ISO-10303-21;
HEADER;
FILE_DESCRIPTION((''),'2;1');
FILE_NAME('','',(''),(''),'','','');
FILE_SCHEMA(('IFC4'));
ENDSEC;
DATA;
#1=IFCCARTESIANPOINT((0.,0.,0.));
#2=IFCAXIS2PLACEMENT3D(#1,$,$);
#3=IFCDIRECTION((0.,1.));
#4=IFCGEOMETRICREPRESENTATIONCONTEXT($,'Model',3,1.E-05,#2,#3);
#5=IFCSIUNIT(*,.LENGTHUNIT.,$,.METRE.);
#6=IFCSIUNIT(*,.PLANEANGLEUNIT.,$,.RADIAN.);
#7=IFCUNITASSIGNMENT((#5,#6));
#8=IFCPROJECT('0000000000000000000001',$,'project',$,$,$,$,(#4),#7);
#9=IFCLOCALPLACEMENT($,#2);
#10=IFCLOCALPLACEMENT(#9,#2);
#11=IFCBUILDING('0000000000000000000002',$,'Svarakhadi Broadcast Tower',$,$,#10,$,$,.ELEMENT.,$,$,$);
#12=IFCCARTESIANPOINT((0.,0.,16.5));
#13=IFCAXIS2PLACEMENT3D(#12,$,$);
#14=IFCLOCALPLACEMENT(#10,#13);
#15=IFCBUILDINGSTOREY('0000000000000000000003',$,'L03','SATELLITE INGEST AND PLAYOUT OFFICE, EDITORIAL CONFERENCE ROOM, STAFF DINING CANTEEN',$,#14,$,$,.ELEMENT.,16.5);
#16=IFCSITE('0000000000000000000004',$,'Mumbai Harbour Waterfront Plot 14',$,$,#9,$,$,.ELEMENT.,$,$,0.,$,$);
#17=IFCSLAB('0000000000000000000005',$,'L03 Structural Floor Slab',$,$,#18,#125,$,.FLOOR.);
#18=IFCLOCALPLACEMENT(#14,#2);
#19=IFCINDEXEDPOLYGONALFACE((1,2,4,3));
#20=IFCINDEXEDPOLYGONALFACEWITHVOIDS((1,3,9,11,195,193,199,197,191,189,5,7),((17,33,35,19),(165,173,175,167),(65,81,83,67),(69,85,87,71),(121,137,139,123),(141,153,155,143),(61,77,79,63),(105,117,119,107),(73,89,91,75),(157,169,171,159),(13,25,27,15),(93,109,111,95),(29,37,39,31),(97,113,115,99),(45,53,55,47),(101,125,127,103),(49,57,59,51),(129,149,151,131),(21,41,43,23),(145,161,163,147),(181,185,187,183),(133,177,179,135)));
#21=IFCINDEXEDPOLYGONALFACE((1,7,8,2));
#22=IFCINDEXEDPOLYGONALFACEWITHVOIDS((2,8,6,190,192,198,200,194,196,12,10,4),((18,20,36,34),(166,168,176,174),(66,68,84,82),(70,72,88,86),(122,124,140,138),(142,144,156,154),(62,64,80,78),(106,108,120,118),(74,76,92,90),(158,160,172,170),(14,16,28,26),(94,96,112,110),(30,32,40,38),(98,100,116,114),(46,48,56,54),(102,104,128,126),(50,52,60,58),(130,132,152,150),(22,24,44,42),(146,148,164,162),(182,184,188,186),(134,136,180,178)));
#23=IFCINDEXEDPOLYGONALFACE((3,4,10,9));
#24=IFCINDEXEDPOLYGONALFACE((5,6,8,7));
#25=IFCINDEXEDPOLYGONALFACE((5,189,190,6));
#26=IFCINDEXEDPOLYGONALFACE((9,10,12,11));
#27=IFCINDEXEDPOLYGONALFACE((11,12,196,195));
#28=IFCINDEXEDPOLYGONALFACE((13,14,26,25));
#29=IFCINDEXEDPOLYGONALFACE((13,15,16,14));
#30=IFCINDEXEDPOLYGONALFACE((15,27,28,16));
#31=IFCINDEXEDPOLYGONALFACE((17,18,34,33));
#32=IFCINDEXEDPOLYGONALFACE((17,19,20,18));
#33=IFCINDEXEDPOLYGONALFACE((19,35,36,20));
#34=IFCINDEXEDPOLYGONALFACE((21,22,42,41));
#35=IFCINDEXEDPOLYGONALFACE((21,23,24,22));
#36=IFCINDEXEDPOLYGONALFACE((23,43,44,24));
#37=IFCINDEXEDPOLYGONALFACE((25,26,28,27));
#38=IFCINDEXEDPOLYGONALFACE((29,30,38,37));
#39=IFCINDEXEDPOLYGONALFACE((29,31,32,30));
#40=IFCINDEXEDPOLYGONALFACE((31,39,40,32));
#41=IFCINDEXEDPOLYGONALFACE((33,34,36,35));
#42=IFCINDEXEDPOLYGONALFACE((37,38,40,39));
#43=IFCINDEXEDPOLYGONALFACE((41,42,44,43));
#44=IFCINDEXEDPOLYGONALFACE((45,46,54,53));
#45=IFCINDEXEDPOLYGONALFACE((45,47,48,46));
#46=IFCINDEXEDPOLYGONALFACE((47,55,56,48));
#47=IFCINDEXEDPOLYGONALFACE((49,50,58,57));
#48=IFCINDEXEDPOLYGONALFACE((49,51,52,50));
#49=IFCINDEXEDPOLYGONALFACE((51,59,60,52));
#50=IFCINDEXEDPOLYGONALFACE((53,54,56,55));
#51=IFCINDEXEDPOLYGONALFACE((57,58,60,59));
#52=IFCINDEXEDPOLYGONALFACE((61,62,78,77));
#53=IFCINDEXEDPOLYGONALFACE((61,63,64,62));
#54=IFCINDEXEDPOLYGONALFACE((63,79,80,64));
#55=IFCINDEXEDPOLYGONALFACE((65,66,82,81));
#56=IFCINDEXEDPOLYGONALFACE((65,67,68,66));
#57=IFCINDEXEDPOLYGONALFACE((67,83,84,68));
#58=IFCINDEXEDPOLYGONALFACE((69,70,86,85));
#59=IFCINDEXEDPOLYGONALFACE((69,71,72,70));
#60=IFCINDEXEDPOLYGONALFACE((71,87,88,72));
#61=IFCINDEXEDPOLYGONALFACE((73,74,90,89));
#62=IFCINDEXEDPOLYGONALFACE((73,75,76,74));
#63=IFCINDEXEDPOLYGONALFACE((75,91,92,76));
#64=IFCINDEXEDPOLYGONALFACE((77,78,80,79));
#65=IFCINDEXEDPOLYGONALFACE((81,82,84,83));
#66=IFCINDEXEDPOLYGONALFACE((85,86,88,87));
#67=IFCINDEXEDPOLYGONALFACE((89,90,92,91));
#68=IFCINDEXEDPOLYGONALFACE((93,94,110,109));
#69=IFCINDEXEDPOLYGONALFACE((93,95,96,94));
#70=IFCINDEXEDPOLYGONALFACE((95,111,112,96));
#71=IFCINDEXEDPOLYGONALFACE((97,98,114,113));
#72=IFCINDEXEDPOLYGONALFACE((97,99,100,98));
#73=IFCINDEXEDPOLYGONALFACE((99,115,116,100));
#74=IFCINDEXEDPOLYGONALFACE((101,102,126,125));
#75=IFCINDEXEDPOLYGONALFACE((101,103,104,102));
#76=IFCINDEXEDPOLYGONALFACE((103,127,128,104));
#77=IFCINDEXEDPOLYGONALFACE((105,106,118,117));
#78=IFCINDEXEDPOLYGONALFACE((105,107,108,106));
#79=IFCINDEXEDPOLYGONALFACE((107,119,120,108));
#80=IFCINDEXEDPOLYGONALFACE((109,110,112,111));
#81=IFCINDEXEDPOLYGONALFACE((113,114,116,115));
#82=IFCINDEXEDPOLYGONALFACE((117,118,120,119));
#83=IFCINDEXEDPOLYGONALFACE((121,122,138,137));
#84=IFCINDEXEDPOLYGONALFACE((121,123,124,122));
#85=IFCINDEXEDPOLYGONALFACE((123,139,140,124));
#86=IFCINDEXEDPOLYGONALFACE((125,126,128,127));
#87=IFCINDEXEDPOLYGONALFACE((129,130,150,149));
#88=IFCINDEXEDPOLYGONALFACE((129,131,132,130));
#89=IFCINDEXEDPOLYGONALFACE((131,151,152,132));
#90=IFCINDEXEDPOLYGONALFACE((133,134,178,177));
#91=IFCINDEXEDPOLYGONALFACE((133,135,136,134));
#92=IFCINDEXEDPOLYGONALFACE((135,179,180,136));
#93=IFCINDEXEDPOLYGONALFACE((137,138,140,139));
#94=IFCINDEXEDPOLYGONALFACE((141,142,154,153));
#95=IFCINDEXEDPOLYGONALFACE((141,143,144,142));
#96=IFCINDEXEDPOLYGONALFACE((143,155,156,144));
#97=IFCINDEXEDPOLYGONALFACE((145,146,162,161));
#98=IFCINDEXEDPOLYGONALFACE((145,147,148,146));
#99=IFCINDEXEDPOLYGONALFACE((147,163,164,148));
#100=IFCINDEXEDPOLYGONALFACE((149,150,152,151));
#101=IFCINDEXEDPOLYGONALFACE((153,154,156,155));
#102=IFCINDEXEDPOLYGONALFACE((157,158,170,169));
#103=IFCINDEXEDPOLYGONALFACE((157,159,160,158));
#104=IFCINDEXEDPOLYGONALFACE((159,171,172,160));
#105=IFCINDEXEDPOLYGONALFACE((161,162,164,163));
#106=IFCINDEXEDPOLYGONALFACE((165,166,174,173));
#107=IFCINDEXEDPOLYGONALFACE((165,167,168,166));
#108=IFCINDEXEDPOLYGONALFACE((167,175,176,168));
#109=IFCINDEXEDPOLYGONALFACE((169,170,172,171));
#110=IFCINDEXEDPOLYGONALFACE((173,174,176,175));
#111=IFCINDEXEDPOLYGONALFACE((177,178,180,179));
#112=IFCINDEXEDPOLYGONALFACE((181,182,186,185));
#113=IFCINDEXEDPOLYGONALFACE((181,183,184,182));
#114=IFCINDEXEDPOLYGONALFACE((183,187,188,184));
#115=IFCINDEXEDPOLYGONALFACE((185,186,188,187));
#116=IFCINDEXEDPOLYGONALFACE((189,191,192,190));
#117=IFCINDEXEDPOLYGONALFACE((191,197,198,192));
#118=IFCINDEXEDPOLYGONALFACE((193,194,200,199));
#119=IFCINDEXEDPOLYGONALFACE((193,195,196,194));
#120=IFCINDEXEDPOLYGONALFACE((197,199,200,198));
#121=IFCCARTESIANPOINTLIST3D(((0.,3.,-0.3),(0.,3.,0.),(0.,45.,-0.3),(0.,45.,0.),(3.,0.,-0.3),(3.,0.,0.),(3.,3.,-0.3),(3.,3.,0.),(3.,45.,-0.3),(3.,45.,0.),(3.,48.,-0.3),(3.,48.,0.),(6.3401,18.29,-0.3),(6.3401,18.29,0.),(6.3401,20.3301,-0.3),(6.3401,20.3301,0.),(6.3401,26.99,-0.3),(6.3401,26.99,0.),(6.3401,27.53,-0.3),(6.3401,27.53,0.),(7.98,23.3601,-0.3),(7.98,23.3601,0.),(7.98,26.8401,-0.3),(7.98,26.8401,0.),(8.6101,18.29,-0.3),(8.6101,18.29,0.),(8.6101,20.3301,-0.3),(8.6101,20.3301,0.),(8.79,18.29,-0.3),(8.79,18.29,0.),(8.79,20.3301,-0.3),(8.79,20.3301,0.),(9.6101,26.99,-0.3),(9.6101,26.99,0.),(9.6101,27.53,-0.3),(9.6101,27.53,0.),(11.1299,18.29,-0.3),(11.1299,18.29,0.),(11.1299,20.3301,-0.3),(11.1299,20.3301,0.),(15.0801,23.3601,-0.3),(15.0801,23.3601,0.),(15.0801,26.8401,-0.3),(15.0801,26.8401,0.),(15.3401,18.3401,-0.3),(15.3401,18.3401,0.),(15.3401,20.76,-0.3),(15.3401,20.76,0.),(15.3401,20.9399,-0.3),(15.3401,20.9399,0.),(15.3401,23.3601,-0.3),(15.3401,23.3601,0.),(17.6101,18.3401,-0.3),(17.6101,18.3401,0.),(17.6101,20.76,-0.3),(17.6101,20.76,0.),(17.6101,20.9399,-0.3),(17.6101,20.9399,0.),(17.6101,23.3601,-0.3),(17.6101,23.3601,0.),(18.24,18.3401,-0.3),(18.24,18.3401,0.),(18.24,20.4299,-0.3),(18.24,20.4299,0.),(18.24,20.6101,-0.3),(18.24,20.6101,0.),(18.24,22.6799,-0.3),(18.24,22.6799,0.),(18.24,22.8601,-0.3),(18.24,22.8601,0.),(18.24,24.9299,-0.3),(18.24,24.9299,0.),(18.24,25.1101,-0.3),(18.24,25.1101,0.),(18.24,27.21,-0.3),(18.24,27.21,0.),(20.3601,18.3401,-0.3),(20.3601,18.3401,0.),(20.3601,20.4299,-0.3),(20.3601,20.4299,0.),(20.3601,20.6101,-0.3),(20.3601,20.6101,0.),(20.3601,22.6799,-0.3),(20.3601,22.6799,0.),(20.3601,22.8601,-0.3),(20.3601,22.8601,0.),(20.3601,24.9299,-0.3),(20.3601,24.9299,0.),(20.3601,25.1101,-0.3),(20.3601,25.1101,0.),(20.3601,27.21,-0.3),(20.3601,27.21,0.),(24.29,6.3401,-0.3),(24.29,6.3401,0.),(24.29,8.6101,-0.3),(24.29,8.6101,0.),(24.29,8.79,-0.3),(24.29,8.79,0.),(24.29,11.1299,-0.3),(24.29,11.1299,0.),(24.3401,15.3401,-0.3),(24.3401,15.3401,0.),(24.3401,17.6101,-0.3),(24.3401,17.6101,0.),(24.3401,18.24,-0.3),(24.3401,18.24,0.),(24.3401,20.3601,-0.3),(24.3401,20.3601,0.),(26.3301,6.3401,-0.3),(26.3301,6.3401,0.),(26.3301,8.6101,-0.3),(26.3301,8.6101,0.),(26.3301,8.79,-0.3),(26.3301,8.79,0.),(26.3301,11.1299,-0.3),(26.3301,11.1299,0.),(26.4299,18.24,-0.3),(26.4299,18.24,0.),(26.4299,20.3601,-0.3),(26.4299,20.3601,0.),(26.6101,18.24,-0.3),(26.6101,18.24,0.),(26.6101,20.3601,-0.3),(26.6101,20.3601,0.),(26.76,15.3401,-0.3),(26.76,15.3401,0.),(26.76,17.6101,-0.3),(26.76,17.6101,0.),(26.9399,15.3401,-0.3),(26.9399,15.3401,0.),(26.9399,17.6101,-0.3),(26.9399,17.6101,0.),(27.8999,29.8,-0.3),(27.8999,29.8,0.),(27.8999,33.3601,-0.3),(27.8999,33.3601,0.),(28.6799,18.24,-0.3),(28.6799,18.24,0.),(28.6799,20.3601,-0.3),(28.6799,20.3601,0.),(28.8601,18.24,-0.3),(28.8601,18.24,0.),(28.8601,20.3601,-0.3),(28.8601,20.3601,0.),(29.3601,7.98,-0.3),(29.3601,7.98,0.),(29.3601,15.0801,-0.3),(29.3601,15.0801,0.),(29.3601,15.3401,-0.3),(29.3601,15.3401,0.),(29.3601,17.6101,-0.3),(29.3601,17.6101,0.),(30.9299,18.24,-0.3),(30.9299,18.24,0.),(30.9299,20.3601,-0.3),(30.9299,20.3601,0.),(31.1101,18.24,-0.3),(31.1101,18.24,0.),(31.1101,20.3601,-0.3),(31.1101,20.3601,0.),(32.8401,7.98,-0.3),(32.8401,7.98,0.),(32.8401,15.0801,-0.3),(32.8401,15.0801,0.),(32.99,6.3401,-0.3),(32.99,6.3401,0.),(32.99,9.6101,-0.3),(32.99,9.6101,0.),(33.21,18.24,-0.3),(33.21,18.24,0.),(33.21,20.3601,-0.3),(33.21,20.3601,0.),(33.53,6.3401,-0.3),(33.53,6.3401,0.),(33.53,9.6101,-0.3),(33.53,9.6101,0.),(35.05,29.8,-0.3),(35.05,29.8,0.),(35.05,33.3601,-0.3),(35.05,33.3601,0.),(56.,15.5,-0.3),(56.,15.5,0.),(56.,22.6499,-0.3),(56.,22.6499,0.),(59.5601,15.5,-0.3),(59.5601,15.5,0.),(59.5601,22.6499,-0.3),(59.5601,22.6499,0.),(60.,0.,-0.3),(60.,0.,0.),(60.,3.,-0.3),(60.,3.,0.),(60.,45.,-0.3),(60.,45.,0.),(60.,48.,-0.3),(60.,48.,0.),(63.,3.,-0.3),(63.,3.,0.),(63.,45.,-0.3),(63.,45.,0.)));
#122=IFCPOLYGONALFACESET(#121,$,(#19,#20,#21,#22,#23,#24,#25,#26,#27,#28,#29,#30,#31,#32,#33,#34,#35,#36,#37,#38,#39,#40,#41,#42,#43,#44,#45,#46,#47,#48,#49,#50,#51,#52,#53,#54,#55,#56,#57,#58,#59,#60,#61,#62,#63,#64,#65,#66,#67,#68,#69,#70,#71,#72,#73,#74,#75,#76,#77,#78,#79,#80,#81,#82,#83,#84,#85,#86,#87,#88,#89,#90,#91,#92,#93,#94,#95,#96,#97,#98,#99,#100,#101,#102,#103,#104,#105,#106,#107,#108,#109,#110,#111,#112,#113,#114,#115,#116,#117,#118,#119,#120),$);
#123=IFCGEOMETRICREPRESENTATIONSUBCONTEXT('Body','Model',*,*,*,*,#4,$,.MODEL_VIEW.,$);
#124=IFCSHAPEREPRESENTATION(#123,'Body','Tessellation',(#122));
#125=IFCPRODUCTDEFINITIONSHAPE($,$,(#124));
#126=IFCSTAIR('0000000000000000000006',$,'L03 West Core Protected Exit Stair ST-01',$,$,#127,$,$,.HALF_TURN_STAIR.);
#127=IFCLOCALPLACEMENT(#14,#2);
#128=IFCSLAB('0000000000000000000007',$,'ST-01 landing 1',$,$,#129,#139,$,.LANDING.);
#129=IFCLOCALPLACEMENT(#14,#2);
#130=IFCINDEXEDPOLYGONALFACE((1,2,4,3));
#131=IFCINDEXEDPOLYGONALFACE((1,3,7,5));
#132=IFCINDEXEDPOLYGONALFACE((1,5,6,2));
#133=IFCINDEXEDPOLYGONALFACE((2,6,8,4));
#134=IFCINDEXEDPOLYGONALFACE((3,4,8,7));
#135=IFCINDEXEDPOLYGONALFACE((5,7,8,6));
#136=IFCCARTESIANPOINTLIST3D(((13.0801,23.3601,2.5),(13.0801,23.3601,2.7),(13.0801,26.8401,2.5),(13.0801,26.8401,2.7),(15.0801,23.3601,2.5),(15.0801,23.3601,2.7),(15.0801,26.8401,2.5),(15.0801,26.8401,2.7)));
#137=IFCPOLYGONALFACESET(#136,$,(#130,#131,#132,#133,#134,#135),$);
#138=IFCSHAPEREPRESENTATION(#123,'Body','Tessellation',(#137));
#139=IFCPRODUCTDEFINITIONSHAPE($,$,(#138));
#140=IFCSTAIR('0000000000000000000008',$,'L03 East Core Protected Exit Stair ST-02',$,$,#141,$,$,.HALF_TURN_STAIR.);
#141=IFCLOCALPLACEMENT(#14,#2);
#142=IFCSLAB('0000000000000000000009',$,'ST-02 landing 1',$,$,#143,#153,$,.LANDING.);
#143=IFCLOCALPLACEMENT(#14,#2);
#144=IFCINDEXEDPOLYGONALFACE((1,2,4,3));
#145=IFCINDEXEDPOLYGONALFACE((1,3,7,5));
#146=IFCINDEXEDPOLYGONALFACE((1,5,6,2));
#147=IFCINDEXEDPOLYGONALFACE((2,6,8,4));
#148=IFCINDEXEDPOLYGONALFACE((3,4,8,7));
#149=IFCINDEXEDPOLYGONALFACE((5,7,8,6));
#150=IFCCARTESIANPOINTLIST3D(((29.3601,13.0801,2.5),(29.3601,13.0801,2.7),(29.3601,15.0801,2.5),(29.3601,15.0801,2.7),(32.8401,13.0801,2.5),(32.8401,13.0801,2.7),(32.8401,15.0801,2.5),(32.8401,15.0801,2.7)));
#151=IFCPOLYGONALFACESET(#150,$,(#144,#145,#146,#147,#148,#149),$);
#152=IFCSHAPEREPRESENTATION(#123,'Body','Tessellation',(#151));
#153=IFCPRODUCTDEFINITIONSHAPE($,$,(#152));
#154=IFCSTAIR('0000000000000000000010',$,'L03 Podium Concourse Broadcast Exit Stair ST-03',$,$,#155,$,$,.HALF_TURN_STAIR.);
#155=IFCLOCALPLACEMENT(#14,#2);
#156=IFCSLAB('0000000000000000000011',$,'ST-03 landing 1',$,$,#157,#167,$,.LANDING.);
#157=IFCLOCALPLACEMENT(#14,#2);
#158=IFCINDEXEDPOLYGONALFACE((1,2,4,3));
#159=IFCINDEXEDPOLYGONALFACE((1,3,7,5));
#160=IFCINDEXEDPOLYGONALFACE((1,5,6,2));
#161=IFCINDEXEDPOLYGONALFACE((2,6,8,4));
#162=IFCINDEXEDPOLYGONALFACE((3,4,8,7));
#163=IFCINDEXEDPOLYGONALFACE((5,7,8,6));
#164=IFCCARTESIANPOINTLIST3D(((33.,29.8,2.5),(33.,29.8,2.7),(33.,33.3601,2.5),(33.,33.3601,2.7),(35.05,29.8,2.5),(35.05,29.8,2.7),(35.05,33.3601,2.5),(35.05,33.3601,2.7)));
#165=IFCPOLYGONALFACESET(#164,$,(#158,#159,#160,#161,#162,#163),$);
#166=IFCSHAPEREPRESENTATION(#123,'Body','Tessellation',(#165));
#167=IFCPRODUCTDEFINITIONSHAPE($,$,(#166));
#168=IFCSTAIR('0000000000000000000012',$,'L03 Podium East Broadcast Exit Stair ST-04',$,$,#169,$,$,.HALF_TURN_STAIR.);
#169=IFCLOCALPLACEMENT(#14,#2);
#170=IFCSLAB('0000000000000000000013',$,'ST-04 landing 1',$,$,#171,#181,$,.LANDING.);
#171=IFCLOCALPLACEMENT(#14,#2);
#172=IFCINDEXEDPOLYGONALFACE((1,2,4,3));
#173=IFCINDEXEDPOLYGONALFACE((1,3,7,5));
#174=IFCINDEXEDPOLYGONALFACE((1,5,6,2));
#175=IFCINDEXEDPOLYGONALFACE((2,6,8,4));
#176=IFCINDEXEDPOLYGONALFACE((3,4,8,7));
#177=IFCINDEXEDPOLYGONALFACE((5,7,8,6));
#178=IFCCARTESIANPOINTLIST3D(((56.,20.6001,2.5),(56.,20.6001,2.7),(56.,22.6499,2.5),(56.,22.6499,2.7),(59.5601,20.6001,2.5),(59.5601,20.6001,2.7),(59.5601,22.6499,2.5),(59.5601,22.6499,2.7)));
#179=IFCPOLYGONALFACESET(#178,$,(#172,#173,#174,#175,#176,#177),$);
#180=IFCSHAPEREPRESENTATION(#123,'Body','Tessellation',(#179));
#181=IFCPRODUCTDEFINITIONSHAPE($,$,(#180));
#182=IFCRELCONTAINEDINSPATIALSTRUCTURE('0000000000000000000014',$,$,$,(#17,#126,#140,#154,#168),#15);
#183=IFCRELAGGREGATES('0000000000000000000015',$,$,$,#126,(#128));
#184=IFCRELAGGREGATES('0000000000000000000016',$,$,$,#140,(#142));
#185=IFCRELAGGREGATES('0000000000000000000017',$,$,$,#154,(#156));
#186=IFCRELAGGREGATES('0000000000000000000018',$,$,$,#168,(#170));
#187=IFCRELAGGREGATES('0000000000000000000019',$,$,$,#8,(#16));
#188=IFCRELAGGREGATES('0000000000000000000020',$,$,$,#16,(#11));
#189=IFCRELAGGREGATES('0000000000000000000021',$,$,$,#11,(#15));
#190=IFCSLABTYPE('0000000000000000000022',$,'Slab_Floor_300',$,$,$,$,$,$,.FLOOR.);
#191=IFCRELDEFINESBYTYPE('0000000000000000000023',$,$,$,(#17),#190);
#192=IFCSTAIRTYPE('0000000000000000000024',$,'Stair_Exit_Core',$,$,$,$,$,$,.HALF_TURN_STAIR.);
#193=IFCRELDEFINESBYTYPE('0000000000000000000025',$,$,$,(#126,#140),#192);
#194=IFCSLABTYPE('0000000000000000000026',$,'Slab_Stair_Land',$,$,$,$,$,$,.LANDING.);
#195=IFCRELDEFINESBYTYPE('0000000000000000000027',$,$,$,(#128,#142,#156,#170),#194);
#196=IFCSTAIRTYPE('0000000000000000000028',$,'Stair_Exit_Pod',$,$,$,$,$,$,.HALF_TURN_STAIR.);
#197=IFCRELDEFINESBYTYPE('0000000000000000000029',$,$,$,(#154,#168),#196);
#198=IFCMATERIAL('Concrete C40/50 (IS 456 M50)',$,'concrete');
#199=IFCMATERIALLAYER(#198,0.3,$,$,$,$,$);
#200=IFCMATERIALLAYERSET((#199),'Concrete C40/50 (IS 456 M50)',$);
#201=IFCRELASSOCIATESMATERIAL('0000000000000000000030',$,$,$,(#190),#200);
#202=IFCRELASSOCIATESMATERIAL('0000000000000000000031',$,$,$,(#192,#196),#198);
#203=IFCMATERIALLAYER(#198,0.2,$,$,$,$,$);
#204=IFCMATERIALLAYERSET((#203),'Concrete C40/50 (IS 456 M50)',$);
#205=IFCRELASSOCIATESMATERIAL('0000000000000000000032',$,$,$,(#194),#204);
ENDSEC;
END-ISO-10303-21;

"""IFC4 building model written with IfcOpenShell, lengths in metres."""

from ifc_helpers import new_model, si_unit, direction, frame, origin, place, context, subcontext, project, spatial, polyline, outline, extrude, material, layer, layer_set, type_object, element, aggregate, save


model = new_model("IFC4")

# Units and contexts
model_context = context("Model", 3, precision=1e-05, world=origin(), true_north=direction((0.0, 1.0)))
body_context = subcontext(model_context, "Body", "Model", "MODEL_VIEW")
ifc_project = project(units=[si_unit("LENGTHUNIT", "METRE"), si_unit("PLANEANGLEUNIT", "RADIAN")], contexts=[model_context])

# Site, building, storey
site_placement = place(None, origin())
site = spatial("IfcSite", under=ifc_project, at=site_placement, Name="Mumbai Harbour Waterfront Plot 14", CompositionType="ELEMENT", RefElevation=0.0)
building_placement = place(site_placement, origin())
building = spatial("IfcBuilding", under=site, at=building_placement, Name="Svarakhadi Broadcast Tower", CompositionType="ELEMENT")
storey_placement = place(building_placement, frame((0.0, 0.0, 16.5)))
storey = spatial("IfcBuildingStorey", under=building, at=storey_placement, Name="L03", Description="SATELLITE INGEST AND PLAYOUT OFFICE, EDITORIAL CONFERENCE ROOM, STAFF DINING CANTEEN", CompositionType="ELEMENT", Elevation=16.5)

# Slab
ifc_material_1 = material(Name="Concrete C40/50 (IS 456 M50)", Category="concrete")
ifc_layer_1 = layer(ifc_material_1, 0.3)
ifc_layer_set_1 = layer_set([ifc_layer_1], Name="Concrete C40/50 (IS 456 M50)")
slab_type_1 = type_object("IfcSlabType", Name="Slab_Floor_300", PredefinedType="FLOOR", material=ifc_layer_set_1)
slab_1_placement = place(storey_placement, frame((0.0, 0.0, -0.3)))
element("IfcSlab", 1, at=slab_1_placement, inside=storey, type_object=slab_type_1, Name="L03 Structural Floor Slab", PredefinedType="FLOOR", context=body_context, shape_type="SweptSolid", body=[
    extrude(outline(polyline([(3.0, 0.0), (60.0, 0.0), (60.0, 3.0), (63.0, 3.0), (63.0, 45.0), (60.0, 45.0), (60.0, 48.0), (3.0, 48.0), (3.0, 45.0), (0.0, 45.0), (0.0, 3.0), (3.0, 3.0), (3.0, 0.0)]), holes=[polyline([(7.98, 23.3601), (15.0801, 23.3601), (15.0801, 26.8401), (7.98, 26.8401), (7.98, 23.3601)]), polyline([(32.8401, 7.98), (32.8401, 15.0801), (29.3601, 15.0801), (29.3601, 7.98), (32.8401, 7.98)]), polyline([(27.8999, 29.8), (35.05, 29.8), (35.05, 33.3601), (27.8999, 33.3601), (27.8999, 29.8)]), polyline([(59.5601, 15.5), (59.5601, 22.6499), (56.0, 22.6499), (56.0, 15.5), (59.5601, 15.5)]), polyline([(6.3401, 18.29), (8.6101, 18.29), (8.6101, 20.3301), (6.3401, 20.3301), (6.3401, 18.29)]), polyline([(8.79, 18.29), (11.1299, 18.29), (11.1299, 20.3301), (8.79, 20.3301), (8.79, 18.29)]), polyline([(24.29, 6.3401), (26.3301, 6.3401), (26.3301, 8.6101), (24.29, 8.6101), (24.29, 6.3401)]), polyline([(24.29, 8.79), (26.3301, 8.79), (26.3301, 11.1299), (24.29, 11.1299), (24.29, 8.79)]), polyline([(6.3401, 26.99), (9.6101, 26.99), (9.6101, 27.53), (6.3401, 27.53), (6.3401, 26.99)]), polyline([(32.99, 6.3401), (33.53, 6.3401), (33.53, 9.6101), (32.99, 9.6101), (32.99, 6.3401)]), polyline([(15.3401, 18.3401), (17.6101, 18.3401), (17.6101, 20.76), (15.3401, 20.76), (15.3401, 18.3401)]), polyline([(15.3401, 20.9399), (17.6101, 20.9399), (17.6101, 23.3601), (15.3401, 23.3601), (15.3401, 20.9399)]), polyline([(24.3401, 15.3401), (26.76, 15.3401), (26.76, 17.6101), (24.3401, 17.6101), (24.3401, 15.3401)]), polyline([(26.9399, 15.3401), (29.3601, 15.3401), (29.3601, 17.6101), (26.9399, 17.6101), (26.9399, 15.3401)]), polyline([(18.24, 18.3401), (20.3601, 18.3401), (20.3601, 20.4299), (18.24, 20.4299), (18.24, 18.3401)]), polyline([(18.24, 20.6101), (20.3601, 20.6101), (20.3601, 22.6799), (18.24, 22.6799), (18.24, 20.6101)]), polyline([(18.24, 22.8601), (20.3601, 22.8601), (20.3601, 24.9299), (18.24, 24.9299), (18.24, 22.8601)]), polyline([(18.24, 25.1101), (20.3601, 25.1101), (20.3601, 27.21), (18.24, 27.21), (18.24, 25.1101)]), polyline([(24.3401, 18.24), (26.4299, 18.24), (26.4299, 20.3601), (24.3401, 20.3601), (24.3401, 18.24)]), polyline([(26.6101, 18.24), (28.6799, 18.24), (28.6799, 20.3601), (26.6101, 20.3601), (26.6101, 18.24)]), polyline([(28.8601, 18.24), (30.9299, 18.24), (30.9299, 20.3601), (28.8601, 20.3601), (28.8601, 18.24)]), polyline([(31.1101, 18.24), (33.21, 18.24), (33.21, 20.3601), (31.1101, 20.3601), (31.1101, 18.24)])]), origin(), (0.0, 0.0, 1.0), 0.3),
])

# Stairs, slabs
stair_type_1 = type_object("IfcStairType", Name="Stair_Exit_Core", PredefinedType="HALF_TURN_STAIR", material=ifc_material_1)
stair_1_placement = place(storey_placement, origin())
stair_1 = element("IfcStair", 2, at=stair_1_placement, inside=storey, type_object=stair_type_1, Name="L03 West Core Protected Exit Stair ST-01", PredefinedType="HALF_TURN_STAIR")
ifc_layer_2 = layer(ifc_material_1, 0.2)
ifc_layer_set_2 = layer_set([ifc_layer_2], Name="Concrete C40/50 (IS 456 M50)")
slab_type_2 = type_object("IfcSlabType", Name="Slab_Stair_Land", PredefinedType="LANDING", material=ifc_layer_set_2)
slab_2_placement = place(storey_placement, frame((0.0, 0.0, 2.5)))
slab_2 = element("IfcSlab", 3, at=slab_2_placement, type_object=slab_type_2, Name="ST-01 landing 1", PredefinedType="LANDING", context=body_context, shape_type="SweptSolid", body=[
    extrude(outline(polyline([(13.0801, 23.3601), (15.0801, 23.3601), (15.0801, 26.8401), (13.0801, 26.8401), (13.0801, 23.3601)])), origin(), (0.0, 0.0, 1.0), 0.2),
])
aggregate(stair_1, [slab_2])
stair_2_placement = place(storey_placement, origin())
stair_2 = element("IfcStair", 4, at=stair_2_placement, inside=storey, type_object=stair_type_1, Name="L03 East Core Protected Exit Stair ST-02", PredefinedType="HALF_TURN_STAIR")
slab_3_placement = place(storey_placement, frame((0.0, 0.0, 2.5)))
slab_3 = element("IfcSlab", 5, at=slab_3_placement, type_object=slab_type_2, Name="ST-02 landing 1", PredefinedType="LANDING", context=body_context, shape_type="SweptSolid", body=[
    extrude(outline(polyline([(32.8401, 13.0801), (32.8401, 15.0801), (29.3601, 15.0801), (29.3601, 13.0801), (32.8401, 13.0801)])), origin(), (0.0, 0.0, 1.0), 0.2),
])
aggregate(stair_2, [slab_3])
stair_type_2 = type_object("IfcStairType", Name="Stair_Exit_Pod", PredefinedType="HALF_TURN_STAIR", material=ifc_material_1)
stair_3_placement = place(storey_placement, origin())
stair_3 = element("IfcStair", 6, at=stair_3_placement, inside=storey, type_object=stair_type_2, Name="L03 Podium Concourse Broadcast Exit Stair ST-03", PredefinedType="HALF_TURN_STAIR")
slab_4_placement = place(storey_placement, frame((0.0, 0.0, 2.5)))
slab_4 = element("IfcSlab", 7, at=slab_4_placement, type_object=slab_type_2, Name="ST-03 landing 1", PredefinedType="LANDING", context=body_context, shape_type="SweptSolid", body=[
    extrude(outline(polyline([(33.0, 29.8), (35.05, 29.8), (35.05, 33.3601), (33.0, 33.3601), (33.0, 29.8)])), origin(), (0.0, 0.0, 1.0), 0.2),
])
aggregate(stair_3, [slab_4])
stair_4_placement = place(storey_placement, origin())
stair_4 = element("IfcStair", 8, at=stair_4_placement, inside=storey, type_object=stair_type_2, Name="L03 Podium East Broadcast Exit Stair ST-04", PredefinedType="HALF_TURN_STAIR")
slab_5_placement = place(storey_placement, frame((0.0, 0.0, 2.5)))
slab_5 = element("IfcSlab", 9, at=slab_5_placement, type_object=slab_type_2, Name="ST-04 landing 1", PredefinedType="LANDING", context=body_context, shape_type="SweptSolid", body=[
    extrude(outline(polyline([(59.5601, 20.6001), (59.5601, 22.6499), (56.0, 22.6499), (56.0, 20.6001), (59.5601, 20.6001)])), origin(), (0.0, 0.0, 1.0), 0.2),
])
aggregate(stair_4, [slab_5])

save(model, "model.ifc")
